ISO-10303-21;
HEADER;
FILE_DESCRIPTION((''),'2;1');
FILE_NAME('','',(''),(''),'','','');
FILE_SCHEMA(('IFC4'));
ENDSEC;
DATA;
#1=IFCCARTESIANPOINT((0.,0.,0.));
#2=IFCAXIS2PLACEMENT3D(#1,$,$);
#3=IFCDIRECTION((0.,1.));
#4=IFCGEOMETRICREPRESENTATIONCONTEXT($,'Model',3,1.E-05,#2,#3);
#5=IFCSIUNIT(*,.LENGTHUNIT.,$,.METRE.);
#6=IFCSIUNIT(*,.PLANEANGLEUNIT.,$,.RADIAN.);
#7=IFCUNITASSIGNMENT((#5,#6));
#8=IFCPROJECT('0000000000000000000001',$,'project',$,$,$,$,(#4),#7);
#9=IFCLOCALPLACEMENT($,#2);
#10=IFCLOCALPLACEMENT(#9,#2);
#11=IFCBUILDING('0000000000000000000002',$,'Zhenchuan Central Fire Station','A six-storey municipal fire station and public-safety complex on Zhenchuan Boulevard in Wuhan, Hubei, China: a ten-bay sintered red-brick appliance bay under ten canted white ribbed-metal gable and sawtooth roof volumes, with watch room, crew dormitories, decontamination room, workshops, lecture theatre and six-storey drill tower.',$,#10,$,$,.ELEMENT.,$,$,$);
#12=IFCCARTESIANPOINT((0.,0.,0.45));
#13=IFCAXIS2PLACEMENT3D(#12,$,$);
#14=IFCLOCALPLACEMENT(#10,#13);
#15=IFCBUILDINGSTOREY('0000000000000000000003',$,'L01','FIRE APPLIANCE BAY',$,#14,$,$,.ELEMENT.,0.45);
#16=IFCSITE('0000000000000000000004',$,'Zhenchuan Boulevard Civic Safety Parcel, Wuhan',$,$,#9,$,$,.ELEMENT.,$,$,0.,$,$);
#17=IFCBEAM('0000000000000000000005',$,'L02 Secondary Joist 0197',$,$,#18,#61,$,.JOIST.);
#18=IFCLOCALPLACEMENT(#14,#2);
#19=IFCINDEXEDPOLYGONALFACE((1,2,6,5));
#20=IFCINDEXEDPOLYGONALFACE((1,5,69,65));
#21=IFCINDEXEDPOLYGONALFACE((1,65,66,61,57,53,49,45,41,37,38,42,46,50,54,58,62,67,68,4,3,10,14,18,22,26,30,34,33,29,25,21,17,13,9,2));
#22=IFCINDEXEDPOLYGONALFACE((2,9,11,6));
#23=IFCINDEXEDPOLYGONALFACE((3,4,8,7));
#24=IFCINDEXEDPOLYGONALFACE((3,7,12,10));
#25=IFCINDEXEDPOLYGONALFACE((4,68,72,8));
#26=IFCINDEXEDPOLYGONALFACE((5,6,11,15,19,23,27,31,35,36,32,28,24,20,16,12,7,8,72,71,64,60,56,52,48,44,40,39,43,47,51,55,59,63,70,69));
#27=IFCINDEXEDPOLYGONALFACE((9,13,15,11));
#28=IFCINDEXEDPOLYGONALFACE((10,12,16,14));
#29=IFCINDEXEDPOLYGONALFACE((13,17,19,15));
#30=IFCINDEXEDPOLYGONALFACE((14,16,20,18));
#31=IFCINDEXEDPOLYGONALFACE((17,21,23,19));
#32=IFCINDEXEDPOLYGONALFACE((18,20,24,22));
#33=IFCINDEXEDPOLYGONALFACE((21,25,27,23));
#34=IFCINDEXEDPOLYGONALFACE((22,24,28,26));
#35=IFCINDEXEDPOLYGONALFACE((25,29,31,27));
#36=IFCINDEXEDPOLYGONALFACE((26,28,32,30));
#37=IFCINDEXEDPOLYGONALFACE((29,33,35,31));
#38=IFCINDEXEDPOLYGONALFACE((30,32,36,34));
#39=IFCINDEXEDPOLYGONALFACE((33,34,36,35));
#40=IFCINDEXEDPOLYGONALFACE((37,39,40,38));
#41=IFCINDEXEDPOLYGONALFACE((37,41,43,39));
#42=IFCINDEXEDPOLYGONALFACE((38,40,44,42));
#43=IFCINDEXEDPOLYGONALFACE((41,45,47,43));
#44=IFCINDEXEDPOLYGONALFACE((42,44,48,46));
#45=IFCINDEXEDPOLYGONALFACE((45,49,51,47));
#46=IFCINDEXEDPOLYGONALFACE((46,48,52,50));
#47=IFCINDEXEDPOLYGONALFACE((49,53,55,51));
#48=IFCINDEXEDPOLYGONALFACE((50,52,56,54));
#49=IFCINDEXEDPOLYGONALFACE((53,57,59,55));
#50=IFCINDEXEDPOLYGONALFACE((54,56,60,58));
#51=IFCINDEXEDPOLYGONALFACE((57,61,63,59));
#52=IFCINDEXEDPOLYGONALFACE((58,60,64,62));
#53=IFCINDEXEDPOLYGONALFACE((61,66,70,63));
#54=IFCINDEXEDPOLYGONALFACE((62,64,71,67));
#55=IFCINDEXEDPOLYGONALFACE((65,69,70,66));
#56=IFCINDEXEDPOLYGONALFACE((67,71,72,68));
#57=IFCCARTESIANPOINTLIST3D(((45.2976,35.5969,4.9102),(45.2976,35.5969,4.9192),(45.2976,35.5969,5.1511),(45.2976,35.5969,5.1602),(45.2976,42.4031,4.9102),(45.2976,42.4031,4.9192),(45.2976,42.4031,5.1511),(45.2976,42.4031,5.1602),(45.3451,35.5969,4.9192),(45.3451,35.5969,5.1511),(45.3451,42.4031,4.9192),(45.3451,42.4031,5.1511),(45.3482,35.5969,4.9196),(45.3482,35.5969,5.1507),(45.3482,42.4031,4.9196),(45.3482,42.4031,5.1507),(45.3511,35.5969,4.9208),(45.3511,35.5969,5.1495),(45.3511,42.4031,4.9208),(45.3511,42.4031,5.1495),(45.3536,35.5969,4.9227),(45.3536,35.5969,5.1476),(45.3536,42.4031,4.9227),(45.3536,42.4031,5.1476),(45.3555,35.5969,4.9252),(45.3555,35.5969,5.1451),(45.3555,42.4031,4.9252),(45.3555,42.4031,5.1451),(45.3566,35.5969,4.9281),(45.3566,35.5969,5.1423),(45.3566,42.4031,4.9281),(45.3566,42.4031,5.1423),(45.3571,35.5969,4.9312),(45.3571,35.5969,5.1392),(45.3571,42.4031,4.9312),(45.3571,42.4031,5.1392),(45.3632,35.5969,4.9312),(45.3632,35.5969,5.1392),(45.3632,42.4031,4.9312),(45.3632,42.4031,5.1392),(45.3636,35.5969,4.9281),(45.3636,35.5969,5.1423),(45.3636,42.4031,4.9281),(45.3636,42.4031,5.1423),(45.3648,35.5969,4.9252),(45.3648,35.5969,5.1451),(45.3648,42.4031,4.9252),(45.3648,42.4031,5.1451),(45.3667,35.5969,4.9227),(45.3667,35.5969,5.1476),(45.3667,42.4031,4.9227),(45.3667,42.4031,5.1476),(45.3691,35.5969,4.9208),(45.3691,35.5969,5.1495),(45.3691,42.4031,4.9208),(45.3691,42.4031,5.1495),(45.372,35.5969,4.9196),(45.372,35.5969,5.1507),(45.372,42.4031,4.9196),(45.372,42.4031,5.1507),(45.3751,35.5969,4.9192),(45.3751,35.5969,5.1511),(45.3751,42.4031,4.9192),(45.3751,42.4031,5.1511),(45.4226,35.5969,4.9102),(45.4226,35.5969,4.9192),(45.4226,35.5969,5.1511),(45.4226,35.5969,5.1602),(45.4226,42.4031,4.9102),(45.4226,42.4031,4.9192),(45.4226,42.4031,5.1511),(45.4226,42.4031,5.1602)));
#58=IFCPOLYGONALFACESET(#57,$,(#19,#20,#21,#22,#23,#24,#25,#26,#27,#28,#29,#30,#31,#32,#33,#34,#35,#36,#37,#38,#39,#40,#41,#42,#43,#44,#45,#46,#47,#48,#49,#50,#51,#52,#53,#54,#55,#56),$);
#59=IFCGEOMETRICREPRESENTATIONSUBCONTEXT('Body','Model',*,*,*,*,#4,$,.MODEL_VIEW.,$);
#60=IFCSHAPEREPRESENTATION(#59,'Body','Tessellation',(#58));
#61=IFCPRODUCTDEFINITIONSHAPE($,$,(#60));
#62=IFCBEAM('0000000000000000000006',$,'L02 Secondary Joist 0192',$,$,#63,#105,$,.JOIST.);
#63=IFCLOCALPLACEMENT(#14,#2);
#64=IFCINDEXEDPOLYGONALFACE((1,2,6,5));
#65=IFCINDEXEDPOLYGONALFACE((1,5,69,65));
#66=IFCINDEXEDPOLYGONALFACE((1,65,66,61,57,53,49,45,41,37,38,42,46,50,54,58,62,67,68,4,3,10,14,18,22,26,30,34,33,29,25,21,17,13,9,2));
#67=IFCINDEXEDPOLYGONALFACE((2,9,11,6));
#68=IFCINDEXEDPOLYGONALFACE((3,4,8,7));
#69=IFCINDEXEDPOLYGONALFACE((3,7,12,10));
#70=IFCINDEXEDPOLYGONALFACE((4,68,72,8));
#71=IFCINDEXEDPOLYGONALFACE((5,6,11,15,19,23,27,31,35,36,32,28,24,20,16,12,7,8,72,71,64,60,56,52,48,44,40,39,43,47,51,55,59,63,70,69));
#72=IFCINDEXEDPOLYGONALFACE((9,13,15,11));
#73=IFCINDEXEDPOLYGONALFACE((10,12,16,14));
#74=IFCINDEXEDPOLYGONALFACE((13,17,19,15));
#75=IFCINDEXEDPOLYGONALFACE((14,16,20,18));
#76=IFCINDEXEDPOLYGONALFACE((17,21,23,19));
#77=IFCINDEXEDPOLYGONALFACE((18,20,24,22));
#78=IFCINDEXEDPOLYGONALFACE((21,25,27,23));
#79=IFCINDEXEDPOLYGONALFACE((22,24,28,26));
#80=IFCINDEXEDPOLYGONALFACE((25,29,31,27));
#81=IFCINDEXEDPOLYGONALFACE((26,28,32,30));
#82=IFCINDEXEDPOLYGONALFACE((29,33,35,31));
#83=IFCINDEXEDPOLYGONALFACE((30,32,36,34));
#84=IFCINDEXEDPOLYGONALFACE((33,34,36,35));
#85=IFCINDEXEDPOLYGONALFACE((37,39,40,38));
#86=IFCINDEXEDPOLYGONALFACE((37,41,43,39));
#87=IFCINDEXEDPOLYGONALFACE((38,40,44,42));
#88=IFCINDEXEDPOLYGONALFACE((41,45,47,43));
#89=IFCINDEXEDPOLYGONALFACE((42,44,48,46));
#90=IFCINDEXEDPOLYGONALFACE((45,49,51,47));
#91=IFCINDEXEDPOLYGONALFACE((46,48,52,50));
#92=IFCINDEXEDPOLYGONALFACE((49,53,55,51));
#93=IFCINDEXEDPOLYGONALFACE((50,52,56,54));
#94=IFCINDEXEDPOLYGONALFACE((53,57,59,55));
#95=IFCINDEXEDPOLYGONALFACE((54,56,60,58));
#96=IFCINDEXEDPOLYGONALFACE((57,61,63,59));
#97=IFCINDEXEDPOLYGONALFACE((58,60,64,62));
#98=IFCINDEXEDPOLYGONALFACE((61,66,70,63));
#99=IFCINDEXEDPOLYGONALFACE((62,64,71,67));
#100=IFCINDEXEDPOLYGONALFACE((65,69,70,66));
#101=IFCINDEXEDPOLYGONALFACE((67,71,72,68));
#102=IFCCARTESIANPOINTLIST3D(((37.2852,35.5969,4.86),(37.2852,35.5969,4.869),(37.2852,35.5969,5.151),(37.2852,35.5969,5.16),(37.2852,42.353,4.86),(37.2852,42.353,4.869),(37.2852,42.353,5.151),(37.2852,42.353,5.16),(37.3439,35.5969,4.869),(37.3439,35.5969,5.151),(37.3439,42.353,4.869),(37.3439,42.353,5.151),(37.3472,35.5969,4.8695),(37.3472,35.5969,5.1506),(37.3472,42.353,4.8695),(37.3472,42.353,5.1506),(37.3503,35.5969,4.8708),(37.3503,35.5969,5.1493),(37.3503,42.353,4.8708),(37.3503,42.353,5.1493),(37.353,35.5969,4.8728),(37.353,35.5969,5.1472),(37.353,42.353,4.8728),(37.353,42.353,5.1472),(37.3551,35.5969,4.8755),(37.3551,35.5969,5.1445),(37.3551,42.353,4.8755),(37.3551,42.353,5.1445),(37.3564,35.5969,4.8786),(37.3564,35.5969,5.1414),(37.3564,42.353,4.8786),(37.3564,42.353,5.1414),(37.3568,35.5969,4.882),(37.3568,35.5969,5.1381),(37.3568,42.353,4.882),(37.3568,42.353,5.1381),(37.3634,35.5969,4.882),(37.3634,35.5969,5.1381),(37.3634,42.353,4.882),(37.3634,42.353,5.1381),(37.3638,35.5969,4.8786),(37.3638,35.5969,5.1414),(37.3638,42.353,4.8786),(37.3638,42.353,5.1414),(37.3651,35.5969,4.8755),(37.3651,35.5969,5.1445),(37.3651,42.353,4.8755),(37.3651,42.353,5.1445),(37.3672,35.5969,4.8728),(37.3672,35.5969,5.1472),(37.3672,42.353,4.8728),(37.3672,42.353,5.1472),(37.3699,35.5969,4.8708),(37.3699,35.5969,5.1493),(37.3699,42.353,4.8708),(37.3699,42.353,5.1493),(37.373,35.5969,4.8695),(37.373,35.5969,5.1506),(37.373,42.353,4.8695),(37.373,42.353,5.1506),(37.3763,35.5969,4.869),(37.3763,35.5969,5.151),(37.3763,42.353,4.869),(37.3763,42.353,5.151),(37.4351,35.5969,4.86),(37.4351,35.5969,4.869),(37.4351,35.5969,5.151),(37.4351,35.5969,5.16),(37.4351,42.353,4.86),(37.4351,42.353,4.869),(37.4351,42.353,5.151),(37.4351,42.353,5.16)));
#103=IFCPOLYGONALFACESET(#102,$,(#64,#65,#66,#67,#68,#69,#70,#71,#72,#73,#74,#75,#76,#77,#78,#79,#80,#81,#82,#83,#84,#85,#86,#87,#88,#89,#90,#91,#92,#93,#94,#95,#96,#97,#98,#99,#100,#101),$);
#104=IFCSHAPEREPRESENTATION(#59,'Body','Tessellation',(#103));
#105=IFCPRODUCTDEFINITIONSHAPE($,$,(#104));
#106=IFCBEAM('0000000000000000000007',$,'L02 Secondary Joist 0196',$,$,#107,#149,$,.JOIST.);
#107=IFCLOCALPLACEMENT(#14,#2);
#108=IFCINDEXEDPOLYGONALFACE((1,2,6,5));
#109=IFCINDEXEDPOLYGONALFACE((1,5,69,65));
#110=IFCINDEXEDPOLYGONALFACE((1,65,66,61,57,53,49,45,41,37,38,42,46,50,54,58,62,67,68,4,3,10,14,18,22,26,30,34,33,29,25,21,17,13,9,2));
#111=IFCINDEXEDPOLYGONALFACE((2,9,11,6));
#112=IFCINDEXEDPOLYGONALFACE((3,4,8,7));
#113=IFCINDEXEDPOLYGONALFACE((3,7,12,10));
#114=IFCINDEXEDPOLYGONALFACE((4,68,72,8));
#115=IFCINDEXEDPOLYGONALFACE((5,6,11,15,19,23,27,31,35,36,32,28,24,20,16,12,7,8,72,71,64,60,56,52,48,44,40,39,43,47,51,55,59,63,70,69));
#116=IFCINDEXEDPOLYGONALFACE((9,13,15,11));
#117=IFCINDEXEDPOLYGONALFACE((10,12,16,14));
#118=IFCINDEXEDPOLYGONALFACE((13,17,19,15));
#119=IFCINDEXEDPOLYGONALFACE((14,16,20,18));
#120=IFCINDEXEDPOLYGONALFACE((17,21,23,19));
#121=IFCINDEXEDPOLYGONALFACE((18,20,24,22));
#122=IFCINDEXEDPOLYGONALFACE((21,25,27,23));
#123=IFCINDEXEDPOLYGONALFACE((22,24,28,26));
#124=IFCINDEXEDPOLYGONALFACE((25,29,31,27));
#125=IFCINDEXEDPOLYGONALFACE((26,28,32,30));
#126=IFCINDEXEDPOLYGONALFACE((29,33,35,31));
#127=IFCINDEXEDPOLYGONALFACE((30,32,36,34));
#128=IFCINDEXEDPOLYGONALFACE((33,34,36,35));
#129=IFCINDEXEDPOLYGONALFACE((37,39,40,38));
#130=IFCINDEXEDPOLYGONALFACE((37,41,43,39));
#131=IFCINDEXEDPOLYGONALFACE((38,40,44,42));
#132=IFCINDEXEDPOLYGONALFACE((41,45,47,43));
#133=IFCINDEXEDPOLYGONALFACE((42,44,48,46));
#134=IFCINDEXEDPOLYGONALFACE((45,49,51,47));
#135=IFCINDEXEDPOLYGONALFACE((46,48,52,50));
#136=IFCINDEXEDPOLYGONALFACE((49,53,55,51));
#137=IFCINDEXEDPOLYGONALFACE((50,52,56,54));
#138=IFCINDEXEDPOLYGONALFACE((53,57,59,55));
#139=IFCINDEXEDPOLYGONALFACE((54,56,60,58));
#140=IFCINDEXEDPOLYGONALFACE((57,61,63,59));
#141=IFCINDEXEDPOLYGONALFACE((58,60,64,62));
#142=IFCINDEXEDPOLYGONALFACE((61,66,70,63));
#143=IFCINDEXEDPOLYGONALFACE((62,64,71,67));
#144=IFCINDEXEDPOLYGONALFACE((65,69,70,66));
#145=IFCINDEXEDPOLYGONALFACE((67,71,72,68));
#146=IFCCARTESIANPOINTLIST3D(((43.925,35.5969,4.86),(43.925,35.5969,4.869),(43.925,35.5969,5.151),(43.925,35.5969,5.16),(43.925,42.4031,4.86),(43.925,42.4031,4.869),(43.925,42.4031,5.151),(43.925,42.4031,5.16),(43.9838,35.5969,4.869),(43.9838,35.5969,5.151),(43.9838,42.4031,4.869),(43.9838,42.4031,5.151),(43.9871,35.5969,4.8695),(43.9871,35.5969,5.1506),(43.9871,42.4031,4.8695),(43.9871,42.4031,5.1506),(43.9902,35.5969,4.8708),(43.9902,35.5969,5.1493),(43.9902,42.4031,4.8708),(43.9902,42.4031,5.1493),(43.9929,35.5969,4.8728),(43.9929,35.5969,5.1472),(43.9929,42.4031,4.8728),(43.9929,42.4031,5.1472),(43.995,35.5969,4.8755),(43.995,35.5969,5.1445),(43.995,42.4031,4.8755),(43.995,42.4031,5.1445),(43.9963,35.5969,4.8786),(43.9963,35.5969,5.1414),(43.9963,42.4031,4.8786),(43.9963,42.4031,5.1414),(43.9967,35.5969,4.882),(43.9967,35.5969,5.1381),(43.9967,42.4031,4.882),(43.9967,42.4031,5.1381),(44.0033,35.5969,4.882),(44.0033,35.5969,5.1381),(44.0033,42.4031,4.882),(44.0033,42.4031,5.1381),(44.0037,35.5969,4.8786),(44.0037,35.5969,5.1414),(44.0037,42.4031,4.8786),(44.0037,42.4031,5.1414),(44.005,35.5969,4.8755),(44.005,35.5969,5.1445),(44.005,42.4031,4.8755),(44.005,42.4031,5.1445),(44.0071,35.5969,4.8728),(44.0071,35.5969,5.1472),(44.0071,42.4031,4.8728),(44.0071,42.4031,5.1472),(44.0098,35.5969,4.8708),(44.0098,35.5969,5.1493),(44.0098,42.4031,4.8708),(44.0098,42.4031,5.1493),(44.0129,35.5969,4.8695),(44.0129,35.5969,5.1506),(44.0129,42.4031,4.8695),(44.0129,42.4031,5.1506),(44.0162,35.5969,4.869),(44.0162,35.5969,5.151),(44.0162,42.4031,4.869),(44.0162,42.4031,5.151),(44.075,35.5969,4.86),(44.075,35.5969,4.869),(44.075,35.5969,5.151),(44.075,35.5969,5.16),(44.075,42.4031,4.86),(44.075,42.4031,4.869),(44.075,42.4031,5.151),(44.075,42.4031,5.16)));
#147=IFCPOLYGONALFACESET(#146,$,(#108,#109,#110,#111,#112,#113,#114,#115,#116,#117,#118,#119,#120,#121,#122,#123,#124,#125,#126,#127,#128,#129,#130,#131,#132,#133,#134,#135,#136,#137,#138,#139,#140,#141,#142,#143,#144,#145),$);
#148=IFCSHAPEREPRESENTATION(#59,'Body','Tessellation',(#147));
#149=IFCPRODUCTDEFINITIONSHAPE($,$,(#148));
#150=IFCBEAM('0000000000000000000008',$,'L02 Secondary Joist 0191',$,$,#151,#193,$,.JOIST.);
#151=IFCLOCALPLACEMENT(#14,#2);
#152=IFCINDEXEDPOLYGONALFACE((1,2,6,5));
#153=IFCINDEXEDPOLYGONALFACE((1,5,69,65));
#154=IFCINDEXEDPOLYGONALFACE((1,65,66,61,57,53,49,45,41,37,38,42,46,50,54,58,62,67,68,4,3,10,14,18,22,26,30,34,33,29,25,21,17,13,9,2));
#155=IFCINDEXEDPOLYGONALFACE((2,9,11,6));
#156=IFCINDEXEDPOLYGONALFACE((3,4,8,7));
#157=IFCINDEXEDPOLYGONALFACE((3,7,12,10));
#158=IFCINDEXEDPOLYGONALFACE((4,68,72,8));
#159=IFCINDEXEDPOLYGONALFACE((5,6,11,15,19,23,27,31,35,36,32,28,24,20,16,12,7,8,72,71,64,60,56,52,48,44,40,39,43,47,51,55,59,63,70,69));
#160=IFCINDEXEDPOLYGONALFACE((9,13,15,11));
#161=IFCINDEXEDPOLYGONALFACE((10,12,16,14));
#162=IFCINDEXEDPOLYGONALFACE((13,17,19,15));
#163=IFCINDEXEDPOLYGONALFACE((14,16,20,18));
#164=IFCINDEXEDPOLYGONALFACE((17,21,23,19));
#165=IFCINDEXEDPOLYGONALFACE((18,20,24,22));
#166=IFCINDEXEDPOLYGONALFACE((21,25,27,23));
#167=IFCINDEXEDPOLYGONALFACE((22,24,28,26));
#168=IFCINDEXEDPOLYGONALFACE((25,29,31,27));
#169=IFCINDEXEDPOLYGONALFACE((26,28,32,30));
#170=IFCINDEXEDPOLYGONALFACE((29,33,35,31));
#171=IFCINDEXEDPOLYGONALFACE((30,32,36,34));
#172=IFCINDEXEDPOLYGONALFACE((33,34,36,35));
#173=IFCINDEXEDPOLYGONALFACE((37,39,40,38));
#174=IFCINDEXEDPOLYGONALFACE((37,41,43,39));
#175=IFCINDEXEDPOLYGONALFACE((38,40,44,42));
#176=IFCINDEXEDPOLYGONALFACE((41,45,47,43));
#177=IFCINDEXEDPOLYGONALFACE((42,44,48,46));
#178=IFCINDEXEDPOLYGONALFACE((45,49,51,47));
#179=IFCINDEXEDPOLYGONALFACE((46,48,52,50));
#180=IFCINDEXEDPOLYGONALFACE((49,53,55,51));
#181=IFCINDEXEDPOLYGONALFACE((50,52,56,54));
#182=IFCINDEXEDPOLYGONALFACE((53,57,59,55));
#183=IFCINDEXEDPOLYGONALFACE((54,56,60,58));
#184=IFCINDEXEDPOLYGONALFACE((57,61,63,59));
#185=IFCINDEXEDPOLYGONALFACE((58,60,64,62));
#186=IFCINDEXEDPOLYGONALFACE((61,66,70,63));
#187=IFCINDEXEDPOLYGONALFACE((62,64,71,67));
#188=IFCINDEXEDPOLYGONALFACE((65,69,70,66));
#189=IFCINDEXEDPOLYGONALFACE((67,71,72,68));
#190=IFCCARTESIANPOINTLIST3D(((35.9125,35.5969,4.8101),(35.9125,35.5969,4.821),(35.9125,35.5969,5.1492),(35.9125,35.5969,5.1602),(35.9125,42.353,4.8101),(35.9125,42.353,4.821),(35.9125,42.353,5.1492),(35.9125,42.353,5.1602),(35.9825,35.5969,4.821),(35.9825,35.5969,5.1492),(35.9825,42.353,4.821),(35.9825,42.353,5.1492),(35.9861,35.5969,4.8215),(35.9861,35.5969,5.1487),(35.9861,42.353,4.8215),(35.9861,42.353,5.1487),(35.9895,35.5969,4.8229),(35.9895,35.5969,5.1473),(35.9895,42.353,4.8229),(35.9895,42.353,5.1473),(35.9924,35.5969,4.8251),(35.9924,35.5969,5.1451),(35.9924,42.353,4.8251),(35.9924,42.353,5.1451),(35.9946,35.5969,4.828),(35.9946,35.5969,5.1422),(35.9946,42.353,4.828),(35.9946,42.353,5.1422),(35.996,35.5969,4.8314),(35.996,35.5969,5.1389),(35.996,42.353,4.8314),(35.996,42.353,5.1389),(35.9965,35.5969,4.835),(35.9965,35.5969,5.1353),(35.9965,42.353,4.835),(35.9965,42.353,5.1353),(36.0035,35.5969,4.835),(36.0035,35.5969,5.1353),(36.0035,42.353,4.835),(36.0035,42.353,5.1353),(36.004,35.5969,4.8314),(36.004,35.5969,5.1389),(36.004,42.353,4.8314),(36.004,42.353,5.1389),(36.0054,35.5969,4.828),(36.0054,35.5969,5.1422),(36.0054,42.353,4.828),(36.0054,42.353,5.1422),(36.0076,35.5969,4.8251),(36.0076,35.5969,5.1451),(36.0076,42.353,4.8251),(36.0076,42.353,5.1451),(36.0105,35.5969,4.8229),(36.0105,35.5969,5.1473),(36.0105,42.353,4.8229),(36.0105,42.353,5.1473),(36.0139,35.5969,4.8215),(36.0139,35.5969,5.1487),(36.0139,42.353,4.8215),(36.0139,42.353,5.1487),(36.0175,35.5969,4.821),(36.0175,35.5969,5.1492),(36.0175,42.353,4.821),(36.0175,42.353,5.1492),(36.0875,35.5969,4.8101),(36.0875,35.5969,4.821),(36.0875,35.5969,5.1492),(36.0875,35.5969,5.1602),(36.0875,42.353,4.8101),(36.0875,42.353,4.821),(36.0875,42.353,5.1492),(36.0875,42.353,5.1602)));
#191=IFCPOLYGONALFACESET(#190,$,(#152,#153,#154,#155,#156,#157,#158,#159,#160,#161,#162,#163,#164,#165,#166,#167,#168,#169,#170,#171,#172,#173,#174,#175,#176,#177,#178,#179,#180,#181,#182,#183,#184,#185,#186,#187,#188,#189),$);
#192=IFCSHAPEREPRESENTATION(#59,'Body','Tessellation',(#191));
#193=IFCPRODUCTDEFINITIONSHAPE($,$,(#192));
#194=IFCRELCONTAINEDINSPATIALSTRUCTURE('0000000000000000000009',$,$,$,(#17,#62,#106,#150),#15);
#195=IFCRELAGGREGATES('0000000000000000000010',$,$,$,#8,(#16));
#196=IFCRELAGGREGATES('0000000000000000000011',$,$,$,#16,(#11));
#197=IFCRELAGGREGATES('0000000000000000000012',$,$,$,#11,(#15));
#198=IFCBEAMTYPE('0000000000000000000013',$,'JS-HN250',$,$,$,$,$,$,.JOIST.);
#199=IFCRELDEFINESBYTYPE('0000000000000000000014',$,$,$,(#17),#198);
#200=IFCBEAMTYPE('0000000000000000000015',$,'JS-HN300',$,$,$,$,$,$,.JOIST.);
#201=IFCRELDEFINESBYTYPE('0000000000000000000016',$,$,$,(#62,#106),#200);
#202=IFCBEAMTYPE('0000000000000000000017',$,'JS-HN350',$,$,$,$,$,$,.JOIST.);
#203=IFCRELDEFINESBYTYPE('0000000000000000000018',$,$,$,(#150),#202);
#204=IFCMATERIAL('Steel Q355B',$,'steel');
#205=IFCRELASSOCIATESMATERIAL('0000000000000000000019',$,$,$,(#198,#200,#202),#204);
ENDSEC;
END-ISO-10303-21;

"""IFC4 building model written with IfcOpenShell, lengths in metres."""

from ifc_helpers import new_model, si_unit, direction, frame, origin, origin_2d, place, context, subcontext, project, spatial, i_section, extrude, material, material_profile, profile_set, type_object, element, save


model = new_model("IFC4")

# Units and contexts
model_context = context("Model", 3, precision=1e-05, world=origin(), true_north=direction((0.0, 1.0)))
body_context = subcontext(model_context, "Body", "Model", "MODEL_VIEW")
ifc_project = project(units=[si_unit("LENGTHUNIT", "METRE"), si_unit("PLANEANGLEUNIT", "RADIAN")], contexts=[model_context])

# Site, building, storey
site_placement = place(None, origin())
site = spatial("IfcSite", under=ifc_project, at=site_placement, Name="Zhenchuan Boulevard Civic Safety Parcel, Wuhan", CompositionType="ELEMENT", RefElevation=0.0)
building_placement = place(site_placement, origin())
building = spatial("IfcBuilding", under=site, at=building_placement, Name="Zhenchuan Central Fire Station", Description="A six-storey municipal fire station and public-safety complex on Zhenchuan Boulevard in Wuhan, Hubei, China: a ten-bay sintered red-brick appliance bay under ten canted white ribbed-metal gable and sawtooth roof volumes, with watch room, crew dormitories, decontamination room, workshops, lecture theatre and six-storey drill tower.", CompositionType="ELEMENT")
storey_placement = place(building_placement, frame((0.0, 0.0, 0.45)))
storey = spatial("IfcBuildingStorey", under=building, at=storey_placement, Name="L01", Description="FIRE APPLIANCE BAY", CompositionType="ELEMENT", Elevation=0.45)

# Shared definitions
ifc_material_1 = material(Name="Steel Q355B", Category="steel")

# Beams
ifc_material_profile_1 = material_profile(ifc_material_1, i_section(OverallWidth=0.125, OverallDepth=0.25, WebThickness=0.0061, FlangeThickness=0.009, FilletRadius=0.012, at=origin_2d()), Name="HN 250x125")
ifc_profile_set_1 = profile_set([ifc_material_profile_1], Name="Steel Q355B")
beam_type_1 = type_object("IfcBeamType", Name="JS-HN250", PredefinedType="JOIST", material=ifc_profile_set_1)
beam_1_placement = place(storey_placement, frame((45.3601, 35.5969, 5.0352), z_axis=(0.0, 1.0, 0.0), x_axis=(-1.0, 0.0, 0.0)))
element("IfcBeam", 1, at=beam_1_placement, inside=storey, type_object=beam_type_1, Name="L02 Secondary Joist 0197", PredefinedType="JOIST", context=body_context, shape_type="SweptSolid", body=[
    extrude(i_section(OverallWidth=0.125, OverallDepth=0.25, WebThickness=0.0061, FlangeThickness=0.009, FilletRadius=0.012, at=origin_2d()), origin(), (0.0, 0.0, 1.0), 6.8062),
])
ifc_material_profile_2 = material_profile(ifc_material_1, i_section(OverallWidth=0.1499, OverallDepth=0.3, WebThickness=0.0066, FlangeThickness=0.009, FilletRadius=0.0129, at=origin_2d()), Name="HN 300x150")
ifc_profile_set_2 = profile_set([ifc_material_profile_2], Name="Steel Q355B")
beam_type_2 = type_object("IfcBeamType", Name="JS-HN300", PredefinedType="JOIST", material=ifc_profile_set_2)
beam_2_placement = place(storey_placement, frame((37.3601, 35.5969, 5.01), z_axis=(0.0, 1.0, 0.0), x_axis=(-1.0, 0.0, 0.0)))
element("IfcBeam", 2, at=beam_2_placement, inside=storey, type_object=beam_type_2, Name="L02 Secondary Joist 0192", PredefinedType="JOIST", context=body_context, shape_type="SweptSolid", body=[
    extrude(i_section(OverallWidth=0.1499, OverallDepth=0.3, WebThickness=0.0066, FlangeThickness=0.009, FilletRadius=0.0129, at=origin_2d()), origin(), (0.0, 0.0, 1.0), 6.7561),
])
beam_3_placement = place(storey_placement, frame((44.0, 35.5969, 5.01), z_axis=(0.0, 1.0, 0.0), x_axis=(-1.0, 0.0, 0.0)))
element("IfcBeam", 3, at=beam_3_placement, inside=storey, type_object=beam_type_2, Name="L02 Secondary Joist 0196", PredefinedType="JOIST", context=body_context, shape_type="SweptSolid", body=[
    extrude(i_section(OverallWidth=0.1499, OverallDepth=0.3, WebThickness=0.0066, FlangeThickness=0.009, FilletRadius=0.0129, at=origin_2d()), origin(), (0.0, 0.0, 1.0), 6.8062),
])
ifc_material_profile_3 = material_profile(ifc_material_1, i_section(OverallWidth=0.175, OverallDepth=0.3501, WebThickness=0.0071, FlangeThickness=0.011, FilletRadius=0.0139, at=origin_2d()), Name="HN 350x175")
ifc_profile_set_3 = profile_set([ifc_material_profile_3], Name="Steel Q355B")
beam_type_3 = type_object("IfcBeamType", Name="JS-HN350", PredefinedType="JOIST", material=ifc_profile_set_3)
beam_4_placement = place(storey_placement, frame((36.0, 35.5969, 4.9851), z_axis=(0.0, 1.0, 0.0), x_axis=(-1.0, 0.0, 0.0)))
element("IfcBeam", 4, at=beam_4_placement, inside=storey, type_object=beam_type_3, Name="L02 Secondary Joist 0191", PredefinedType="JOIST", context=body_context, shape_type="SweptSolid", body=[
    extrude(i_section(OverallWidth=0.175, OverallDepth=0.3501, WebThickness=0.0071, FlangeThickness=0.011, FilletRadius=0.0139, at=origin_2d()), origin(), (0.0, 0.0, 1.0), 6.7561),
])

save(model, "model.ifc")
